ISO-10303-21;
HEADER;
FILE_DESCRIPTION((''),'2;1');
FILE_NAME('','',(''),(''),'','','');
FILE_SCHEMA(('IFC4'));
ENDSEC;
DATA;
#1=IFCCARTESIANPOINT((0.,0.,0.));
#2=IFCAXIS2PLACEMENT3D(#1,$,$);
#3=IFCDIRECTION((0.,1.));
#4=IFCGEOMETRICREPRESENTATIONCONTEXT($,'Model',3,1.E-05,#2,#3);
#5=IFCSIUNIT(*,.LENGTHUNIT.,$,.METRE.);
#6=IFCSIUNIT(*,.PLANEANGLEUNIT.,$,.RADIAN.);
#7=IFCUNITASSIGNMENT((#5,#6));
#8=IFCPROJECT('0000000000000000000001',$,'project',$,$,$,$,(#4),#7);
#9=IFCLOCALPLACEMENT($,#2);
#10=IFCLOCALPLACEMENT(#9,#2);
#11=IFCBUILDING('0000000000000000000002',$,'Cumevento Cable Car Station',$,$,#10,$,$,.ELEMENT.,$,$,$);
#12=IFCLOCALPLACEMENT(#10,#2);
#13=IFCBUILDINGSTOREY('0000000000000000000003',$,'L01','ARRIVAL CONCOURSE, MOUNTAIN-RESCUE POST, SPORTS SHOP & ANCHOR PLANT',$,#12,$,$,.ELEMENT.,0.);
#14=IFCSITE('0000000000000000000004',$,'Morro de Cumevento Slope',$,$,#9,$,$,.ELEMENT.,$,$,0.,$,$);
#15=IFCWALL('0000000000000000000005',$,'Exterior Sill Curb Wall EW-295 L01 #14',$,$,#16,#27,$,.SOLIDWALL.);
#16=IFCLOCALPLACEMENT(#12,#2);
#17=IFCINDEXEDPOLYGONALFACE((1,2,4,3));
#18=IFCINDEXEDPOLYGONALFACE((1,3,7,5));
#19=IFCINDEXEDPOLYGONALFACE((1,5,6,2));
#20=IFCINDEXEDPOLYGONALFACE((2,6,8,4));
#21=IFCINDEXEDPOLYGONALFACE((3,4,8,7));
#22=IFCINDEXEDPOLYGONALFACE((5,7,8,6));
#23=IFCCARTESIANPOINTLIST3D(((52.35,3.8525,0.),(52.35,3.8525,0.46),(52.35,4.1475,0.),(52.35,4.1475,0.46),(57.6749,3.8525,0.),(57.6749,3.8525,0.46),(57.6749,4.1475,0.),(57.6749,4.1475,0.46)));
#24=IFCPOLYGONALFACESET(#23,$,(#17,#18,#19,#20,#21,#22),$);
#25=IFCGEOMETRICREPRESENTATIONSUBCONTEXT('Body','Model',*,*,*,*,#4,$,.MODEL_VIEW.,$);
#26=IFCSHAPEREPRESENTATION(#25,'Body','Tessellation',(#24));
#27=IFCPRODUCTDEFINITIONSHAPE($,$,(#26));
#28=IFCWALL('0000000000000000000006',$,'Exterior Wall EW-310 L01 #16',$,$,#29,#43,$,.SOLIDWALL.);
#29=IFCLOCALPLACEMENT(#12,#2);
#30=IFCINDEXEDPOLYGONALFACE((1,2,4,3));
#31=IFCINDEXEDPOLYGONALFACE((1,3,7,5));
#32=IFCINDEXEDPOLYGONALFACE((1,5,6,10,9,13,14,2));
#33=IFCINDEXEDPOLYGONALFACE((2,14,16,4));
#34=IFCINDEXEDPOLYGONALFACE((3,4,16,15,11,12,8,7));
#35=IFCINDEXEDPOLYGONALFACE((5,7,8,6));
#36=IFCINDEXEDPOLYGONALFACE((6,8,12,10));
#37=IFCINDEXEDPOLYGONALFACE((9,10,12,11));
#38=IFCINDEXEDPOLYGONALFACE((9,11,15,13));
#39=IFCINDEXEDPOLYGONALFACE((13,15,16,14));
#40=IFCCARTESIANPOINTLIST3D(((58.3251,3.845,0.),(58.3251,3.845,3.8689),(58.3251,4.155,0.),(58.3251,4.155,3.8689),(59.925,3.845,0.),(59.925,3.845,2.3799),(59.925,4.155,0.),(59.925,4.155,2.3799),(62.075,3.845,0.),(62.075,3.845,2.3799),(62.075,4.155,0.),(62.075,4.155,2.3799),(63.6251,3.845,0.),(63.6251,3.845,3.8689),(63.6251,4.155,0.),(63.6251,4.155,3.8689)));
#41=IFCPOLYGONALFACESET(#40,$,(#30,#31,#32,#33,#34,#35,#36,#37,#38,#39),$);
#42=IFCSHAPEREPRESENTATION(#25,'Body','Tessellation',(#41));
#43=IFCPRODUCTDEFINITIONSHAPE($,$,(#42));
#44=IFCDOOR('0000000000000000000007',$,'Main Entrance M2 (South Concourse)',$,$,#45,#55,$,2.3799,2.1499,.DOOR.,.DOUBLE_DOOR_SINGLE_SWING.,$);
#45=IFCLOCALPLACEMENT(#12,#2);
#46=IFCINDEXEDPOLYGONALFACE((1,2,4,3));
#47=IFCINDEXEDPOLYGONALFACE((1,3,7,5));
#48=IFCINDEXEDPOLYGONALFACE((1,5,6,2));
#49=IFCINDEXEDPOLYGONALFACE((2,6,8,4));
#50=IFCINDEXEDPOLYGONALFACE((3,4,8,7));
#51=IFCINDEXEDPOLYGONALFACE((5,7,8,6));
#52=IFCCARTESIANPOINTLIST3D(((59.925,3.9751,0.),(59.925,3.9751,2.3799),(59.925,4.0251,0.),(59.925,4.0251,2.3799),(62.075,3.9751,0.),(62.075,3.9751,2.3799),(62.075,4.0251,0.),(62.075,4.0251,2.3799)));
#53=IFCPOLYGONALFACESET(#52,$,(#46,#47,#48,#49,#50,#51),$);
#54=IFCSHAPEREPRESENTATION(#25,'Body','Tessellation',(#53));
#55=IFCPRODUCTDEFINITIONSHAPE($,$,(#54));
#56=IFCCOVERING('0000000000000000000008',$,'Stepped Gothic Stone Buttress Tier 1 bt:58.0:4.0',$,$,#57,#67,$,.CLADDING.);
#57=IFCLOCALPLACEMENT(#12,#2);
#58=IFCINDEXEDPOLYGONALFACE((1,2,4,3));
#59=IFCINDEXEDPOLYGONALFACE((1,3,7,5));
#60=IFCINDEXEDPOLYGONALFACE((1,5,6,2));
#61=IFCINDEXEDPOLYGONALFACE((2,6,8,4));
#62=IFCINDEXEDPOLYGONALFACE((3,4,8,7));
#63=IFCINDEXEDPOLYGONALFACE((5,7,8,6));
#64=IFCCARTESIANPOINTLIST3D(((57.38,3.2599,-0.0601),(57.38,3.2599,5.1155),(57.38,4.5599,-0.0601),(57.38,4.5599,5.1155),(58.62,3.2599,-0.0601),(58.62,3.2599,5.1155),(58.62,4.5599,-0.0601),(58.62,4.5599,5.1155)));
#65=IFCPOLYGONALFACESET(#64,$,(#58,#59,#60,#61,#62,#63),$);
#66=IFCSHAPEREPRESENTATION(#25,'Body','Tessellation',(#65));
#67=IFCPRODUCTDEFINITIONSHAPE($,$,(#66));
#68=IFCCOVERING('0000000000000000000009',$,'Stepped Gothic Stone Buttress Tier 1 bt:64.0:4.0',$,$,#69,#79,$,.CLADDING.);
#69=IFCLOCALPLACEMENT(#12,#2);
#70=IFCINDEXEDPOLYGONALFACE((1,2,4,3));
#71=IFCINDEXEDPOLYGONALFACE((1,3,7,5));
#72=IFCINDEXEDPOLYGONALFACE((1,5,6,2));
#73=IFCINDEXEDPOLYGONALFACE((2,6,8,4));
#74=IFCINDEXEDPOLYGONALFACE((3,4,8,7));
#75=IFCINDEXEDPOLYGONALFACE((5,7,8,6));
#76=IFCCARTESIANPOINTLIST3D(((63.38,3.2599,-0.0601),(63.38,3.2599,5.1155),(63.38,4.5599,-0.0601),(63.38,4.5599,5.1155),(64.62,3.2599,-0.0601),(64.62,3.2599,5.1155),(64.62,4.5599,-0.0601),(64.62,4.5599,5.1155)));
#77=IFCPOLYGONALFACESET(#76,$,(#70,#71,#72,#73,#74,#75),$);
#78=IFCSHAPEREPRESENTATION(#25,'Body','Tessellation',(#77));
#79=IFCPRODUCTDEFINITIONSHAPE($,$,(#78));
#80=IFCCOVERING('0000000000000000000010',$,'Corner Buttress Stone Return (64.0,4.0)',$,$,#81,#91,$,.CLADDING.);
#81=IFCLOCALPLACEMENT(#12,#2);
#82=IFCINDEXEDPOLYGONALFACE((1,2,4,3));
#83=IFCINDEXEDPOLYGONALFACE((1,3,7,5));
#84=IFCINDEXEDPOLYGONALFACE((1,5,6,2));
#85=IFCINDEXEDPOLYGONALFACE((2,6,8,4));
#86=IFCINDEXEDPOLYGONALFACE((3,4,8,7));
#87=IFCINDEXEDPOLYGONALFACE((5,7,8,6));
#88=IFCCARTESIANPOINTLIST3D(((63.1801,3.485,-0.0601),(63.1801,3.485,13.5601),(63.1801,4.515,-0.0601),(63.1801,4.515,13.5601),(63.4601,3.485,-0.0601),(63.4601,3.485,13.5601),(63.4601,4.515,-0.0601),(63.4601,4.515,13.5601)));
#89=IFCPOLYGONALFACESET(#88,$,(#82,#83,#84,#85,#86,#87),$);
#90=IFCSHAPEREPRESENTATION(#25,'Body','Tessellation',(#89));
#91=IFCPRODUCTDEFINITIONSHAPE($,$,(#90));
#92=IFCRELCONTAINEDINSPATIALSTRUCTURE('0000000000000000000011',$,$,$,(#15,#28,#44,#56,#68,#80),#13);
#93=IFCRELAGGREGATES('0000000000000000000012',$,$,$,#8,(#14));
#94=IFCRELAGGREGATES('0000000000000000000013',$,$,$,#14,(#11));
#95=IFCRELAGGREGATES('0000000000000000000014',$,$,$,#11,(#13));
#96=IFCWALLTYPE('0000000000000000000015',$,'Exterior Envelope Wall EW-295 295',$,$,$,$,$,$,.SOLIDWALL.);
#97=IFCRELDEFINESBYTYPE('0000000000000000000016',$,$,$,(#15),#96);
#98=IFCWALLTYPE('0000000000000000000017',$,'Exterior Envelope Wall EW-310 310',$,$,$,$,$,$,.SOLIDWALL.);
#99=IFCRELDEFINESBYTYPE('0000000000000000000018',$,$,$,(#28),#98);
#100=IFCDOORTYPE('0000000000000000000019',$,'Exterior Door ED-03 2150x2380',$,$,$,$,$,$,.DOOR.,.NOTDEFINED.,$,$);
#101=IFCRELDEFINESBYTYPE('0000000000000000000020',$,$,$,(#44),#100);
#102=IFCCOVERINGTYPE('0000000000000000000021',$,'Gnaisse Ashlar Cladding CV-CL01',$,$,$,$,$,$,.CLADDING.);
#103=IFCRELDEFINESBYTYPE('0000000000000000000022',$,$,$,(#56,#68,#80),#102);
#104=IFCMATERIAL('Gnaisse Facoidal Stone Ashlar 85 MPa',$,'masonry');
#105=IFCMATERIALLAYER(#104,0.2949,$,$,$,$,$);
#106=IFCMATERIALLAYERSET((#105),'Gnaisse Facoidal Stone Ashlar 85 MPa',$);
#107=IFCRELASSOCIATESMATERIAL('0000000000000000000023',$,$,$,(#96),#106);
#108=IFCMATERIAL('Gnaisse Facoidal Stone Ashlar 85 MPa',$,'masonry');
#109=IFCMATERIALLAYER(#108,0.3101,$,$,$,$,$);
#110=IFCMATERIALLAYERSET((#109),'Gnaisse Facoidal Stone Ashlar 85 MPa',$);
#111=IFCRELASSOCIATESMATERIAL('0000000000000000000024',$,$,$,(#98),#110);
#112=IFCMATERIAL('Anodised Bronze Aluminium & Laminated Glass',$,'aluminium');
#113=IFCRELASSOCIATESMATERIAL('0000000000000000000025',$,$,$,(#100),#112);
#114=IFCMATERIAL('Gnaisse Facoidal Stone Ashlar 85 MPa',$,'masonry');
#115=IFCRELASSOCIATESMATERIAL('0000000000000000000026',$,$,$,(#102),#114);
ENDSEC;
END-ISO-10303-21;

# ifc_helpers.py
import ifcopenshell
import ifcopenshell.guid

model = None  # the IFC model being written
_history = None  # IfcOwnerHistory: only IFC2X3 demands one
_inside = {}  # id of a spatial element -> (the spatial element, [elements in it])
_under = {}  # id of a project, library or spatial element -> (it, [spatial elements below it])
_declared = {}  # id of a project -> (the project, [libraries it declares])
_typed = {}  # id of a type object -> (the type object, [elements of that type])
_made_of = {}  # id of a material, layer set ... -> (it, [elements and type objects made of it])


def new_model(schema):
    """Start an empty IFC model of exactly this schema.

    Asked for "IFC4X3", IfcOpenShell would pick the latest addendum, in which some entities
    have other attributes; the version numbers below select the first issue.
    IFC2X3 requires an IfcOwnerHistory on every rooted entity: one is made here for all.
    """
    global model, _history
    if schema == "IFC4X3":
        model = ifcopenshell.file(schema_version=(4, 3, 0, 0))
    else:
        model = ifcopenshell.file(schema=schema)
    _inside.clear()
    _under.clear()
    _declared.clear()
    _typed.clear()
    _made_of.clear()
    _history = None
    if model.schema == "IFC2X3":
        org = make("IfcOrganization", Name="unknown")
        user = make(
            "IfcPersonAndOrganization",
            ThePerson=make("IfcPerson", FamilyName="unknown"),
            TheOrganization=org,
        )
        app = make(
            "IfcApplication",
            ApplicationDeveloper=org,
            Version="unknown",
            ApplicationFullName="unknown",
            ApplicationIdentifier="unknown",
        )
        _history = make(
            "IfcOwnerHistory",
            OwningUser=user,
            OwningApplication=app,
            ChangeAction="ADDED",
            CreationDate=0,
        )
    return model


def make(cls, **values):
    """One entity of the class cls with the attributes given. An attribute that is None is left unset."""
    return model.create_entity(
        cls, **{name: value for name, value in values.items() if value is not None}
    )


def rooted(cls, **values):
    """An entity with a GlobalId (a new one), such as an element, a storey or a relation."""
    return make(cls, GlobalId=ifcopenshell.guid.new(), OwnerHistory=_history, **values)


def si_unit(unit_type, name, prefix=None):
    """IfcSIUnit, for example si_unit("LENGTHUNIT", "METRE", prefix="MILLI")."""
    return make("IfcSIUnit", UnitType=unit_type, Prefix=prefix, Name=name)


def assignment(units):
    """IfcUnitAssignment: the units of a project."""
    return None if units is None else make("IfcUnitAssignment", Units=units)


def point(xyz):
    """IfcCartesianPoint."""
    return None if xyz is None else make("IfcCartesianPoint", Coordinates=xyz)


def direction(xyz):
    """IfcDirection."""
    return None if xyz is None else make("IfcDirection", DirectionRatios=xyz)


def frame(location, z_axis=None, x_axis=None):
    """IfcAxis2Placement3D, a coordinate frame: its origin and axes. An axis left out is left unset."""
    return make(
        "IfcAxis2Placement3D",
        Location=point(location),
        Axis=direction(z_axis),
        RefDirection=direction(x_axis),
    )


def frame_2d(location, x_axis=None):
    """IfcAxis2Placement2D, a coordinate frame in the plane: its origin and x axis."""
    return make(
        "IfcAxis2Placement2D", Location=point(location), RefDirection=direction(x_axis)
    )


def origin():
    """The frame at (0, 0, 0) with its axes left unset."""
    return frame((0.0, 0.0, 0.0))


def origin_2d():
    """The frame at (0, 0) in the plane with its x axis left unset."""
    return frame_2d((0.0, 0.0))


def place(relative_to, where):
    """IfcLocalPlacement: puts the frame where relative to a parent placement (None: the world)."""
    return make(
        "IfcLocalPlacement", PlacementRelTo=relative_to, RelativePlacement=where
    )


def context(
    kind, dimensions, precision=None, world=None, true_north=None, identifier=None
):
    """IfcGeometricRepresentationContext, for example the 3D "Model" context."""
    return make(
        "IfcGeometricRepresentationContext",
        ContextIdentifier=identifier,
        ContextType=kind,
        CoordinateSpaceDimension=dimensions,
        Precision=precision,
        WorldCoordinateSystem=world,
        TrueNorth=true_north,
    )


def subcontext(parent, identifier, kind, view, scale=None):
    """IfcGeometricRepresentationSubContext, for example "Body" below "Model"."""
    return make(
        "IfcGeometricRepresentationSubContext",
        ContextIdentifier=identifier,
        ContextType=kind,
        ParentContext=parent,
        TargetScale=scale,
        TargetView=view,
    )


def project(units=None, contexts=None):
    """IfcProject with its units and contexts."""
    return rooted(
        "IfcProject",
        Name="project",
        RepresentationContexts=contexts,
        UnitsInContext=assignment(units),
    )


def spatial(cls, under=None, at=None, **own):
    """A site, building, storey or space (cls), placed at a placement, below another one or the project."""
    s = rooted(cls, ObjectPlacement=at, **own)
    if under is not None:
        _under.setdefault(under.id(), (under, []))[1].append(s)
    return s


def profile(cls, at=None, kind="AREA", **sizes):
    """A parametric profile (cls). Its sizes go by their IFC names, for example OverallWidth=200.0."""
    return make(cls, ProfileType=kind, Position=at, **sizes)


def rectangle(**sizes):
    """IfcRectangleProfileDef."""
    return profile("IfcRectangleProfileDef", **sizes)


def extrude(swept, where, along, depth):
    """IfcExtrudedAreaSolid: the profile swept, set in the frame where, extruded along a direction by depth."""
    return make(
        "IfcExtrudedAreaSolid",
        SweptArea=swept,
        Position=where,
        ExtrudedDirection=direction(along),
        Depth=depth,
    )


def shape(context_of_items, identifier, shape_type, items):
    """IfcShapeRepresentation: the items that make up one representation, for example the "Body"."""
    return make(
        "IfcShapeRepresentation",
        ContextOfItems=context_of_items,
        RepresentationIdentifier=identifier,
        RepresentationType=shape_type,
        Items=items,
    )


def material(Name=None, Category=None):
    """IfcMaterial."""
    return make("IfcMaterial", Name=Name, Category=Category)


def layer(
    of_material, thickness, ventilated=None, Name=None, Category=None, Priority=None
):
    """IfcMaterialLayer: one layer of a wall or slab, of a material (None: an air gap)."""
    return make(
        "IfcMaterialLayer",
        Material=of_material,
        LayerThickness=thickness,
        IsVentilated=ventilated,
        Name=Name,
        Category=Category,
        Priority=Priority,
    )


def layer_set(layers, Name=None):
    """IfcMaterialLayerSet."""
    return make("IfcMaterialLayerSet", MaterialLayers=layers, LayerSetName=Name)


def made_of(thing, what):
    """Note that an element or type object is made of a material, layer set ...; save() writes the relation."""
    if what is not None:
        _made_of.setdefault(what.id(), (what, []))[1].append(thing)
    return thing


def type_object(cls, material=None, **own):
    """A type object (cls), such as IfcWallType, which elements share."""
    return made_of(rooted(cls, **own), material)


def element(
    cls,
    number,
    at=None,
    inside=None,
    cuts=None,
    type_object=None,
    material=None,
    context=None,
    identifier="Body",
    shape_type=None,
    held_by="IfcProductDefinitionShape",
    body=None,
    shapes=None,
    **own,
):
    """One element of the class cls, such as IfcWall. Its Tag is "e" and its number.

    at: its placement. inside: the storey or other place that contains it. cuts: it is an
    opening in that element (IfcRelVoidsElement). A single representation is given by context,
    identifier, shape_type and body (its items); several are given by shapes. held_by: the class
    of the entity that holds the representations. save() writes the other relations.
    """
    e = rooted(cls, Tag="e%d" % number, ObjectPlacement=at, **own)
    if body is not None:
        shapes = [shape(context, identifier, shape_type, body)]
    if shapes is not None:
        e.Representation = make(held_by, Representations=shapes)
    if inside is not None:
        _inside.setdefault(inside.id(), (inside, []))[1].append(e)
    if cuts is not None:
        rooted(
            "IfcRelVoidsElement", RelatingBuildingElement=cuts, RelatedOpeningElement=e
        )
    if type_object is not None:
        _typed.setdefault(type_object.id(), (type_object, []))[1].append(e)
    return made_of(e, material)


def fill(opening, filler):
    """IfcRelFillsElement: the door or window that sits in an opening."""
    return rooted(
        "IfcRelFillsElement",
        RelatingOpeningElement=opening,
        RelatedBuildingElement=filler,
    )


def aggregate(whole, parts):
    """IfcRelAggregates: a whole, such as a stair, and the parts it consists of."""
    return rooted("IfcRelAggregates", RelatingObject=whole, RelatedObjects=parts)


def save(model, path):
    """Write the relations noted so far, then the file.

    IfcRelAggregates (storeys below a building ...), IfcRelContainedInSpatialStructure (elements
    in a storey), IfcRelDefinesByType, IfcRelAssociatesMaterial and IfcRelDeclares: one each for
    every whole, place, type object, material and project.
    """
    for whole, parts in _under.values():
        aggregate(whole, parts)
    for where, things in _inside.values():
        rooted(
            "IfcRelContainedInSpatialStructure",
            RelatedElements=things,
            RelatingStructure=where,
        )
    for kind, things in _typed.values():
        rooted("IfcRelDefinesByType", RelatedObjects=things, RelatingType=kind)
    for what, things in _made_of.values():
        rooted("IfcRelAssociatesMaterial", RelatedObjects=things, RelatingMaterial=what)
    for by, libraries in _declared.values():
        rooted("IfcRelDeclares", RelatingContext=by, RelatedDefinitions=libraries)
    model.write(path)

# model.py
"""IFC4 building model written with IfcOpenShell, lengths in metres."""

from ifc_helpers import new_model, si_unit, direction, frame, frame_2d, origin, origin_2d, place, context, subcontext, project, spatial, rectangle, extrude, material, layer, layer_set, type_object, element, fill, save


model = new_model("IFC4")

# Units and contexts
model_context = context("Model", 3, precision=1e-05, world=origin(), true_north=direction((0.0, 1.0)))
body_context = subcontext(model_context, "Body", "Model", "MODEL_VIEW")
ifc_project = project(units=[si_unit("LENGTHUNIT", "METRE"), si_unit("PLANEANGLEUNIT", "RADIAN")], contexts=[model_context])

# Site, building, storey
site_placement = place(None, origin())
site = spatial("IfcSite", under=ifc_project, at=site_placement, Name="Morro de Cumevento Slope", CompositionType="ELEMENT", RefElevation=0.0)
building_placement = place(site_placement, origin())
building = spatial("IfcBuilding", under=site, at=building_placement, Name="Cumevento Cable Car Station", CompositionType="ELEMENT")
storey_placement = place(building_placement, origin())
storey = spatial("IfcBuildingStorey", under=building, at=storey_placement, Name="L01", Description="ARRIVAL CONCOURSE, MOUNTAIN-RESCUE POST, SPORTS SHOP & ANCHOR PLANT", CompositionType="ELEMENT", Elevation=0.0)

# Wall
ifc_material_1 = material(Name="Gnaisse Facoidal Stone Ashlar 85 MPa", Category="masonry")
ifc_layer_1 = layer(ifc_material_1, 0.2949)
ifc_layer_set_1 = layer_set([ifc_layer_1], Name="Gnaisse Facoidal Stone Ashlar 85 MPa")
wall_type_1 = type_object("IfcWallType", Name="Exterior Envelope Wall EW-295 295", PredefinedType="SOLIDWALL", material=ifc_layer_set_1)
wall_1_placement = place(storey_placement, frame((57.675, 4.0, 0.0), z_axis=(0.0, 0.0, 1.0), x_axis=(-1.0, 0.0, 0.0)))
element("IfcWall", 1, at=wall_1_placement, inside=storey, type_object=wall_type_1, Name="Exterior Sill Curb Wall EW-295 L01 #14", PredefinedType="SOLIDWALL", context=body_context, shape_type="SweptSolid", body=[
    extrude(rectangle(XDim=5.325, YDim=0.2949, at=frame_2d((2.6626, 0.0))), origin(), (0.0, 0.0, 1.0), 0.46),
])

# Wall, opening, door
ifc_material_2 = material(Name="Gnaisse Facoidal Stone Ashlar 85 MPa", Category="masonry")
ifc_layer_2 = layer(ifc_material_2, 0.3101)
ifc_layer_set_2 = layer_set([ifc_layer_2], Name="Gnaisse Facoidal Stone Ashlar 85 MPa")
wall_type_2 = type_object("IfcWallType", Name="Exterior Envelope Wall EW-310 310", PredefinedType="SOLIDWALL", material=ifc_layer_set_2)
wall_2_placement = place(storey_placement, frame((63.625, 4.0, 0.0), z_axis=(0.0, 0.0, 1.0), x_axis=(-1.0, 0.0, 0.0)))
wall_2 = element("IfcWall", 2, at=wall_2_placement, inside=storey, type_object=wall_type_2, Name="Exterior Wall EW-310 L01 #16", PredefinedType="SOLIDWALL", context=body_context, shape_type="SweptSolid", body=[
    extrude(rectangle(XDim=5.3, YDim=0.3101, at=frame_2d((2.6499, 0.0))), origin(), (0.0, 0.0, 1.0), 3.8689),
])
opening_placement = place(wall_2_placement, frame((1.55, 0.0, 0.0)))
opening = element("IfcOpeningElement", 3, at=opening_placement, cuts=wall_2, PredefinedType="OPENING", context=body_context, shape_type="SweptSolid", body=[
    extrude(rectangle(XDim=2.1499, YDim=2.3799, at=frame_2d((1.075, 1.1899))), frame((0.0, 0.165, 0.0), z_axis=(0.0, -1.0, 0.0), x_axis=(1.0, 0.0, 0.0)), (0.0, 0.0, 1.0), 0.3301),
])
ifc_material_3 = material(Name="Anodised Bronze Aluminium & Laminated Glass", Category="aluminium")
door_type = type_object("IfcDoorType", Name="Exterior Door ED-03 2150x2380", OperationType="NOTDEFINED", PredefinedType="DOOR", material=ifc_material_3)
door_placement = place(opening_placement, origin())
door = element("IfcDoor", 4, at=door_placement, inside=storey, type_object=door_type, Name="Main Entrance M2 (South Concourse)", OperationType="DOUBLE_DOOR_SINGLE_SWING", OverallHeight=2.3799, OverallWidth=2.1499, PredefinedType="DOOR", context=body_context, shape_type="SweptSolid", body=[
    extrude(rectangle(XDim=2.1499, YDim=2.3799, at=frame_2d((1.075, 1.1899))), frame((0.0, 0.0249, 0.0), z_axis=(0.0, -1.0, 0.0), x_axis=(1.0, 0.0, 0.0)), (0.0, 0.0, 1.0), 0.05),
])
fill(opening, door)

# Coverings
ifc_material_4 = material(Name="Gnaisse Facoidal Stone Ashlar 85 MPa", Category="masonry")
covering_type = type_object("IfcCoveringType", Name="Gnaisse Ashlar Cladding CV-CL01", PredefinedType="CLADDING", material=ifc_material_4)
for number, where, z_axis, x_axis, name in (
    (5, (58.0, 3.9099, -0.0601), (0.0, 0.0, 1.0), (1.0, 0.0, 0.0), "Stepped Gothic Stone Buttress Tier 1 bt:58.0:4.0"),
    (6, (64.0, 3.9099, -0.0601), (0.0, 0.0, 1.0), (1.0, 0.0, 0.0), "Stepped Gothic Stone Buttress Tier 1 bt:64.0:4.0"),
):
    element("IfcCovering", number, at=place(storey_placement, frame(where, z_axis=z_axis, x_axis=x_axis)), inside=storey, type_object=covering_type, Name=name, PredefinedType="CLADDING", context=body_context, shape_type="SweptSolid", body=[
        extrude(rectangle(XDim=1.24, YDim=1.3, at=origin_2d()), origin(), (0.0, 0.0, 1.0), 5.1755),
    ])
covering_1_placement = place(storey_placement, frame((63.3201, 4.0, -0.0601), z_axis=(0.0, 0.0, 1.0), x_axis=(1.0, 0.0, 0.0)))
element("IfcCovering", 7, at=covering_1_placement, inside=storey, type_object=covering_type, Name="Corner Buttress Stone Return (64.0,4.0)", PredefinedType="CLADDING", context=body_context, shape_type="SweptSolid", body=[
    extrude(rectangle(XDim=0.28, YDim=1.03, at=origin_2d()), origin(), (0.0, 0.0, 1.0), 13.6201),
])

save(model, "model.ifc")
